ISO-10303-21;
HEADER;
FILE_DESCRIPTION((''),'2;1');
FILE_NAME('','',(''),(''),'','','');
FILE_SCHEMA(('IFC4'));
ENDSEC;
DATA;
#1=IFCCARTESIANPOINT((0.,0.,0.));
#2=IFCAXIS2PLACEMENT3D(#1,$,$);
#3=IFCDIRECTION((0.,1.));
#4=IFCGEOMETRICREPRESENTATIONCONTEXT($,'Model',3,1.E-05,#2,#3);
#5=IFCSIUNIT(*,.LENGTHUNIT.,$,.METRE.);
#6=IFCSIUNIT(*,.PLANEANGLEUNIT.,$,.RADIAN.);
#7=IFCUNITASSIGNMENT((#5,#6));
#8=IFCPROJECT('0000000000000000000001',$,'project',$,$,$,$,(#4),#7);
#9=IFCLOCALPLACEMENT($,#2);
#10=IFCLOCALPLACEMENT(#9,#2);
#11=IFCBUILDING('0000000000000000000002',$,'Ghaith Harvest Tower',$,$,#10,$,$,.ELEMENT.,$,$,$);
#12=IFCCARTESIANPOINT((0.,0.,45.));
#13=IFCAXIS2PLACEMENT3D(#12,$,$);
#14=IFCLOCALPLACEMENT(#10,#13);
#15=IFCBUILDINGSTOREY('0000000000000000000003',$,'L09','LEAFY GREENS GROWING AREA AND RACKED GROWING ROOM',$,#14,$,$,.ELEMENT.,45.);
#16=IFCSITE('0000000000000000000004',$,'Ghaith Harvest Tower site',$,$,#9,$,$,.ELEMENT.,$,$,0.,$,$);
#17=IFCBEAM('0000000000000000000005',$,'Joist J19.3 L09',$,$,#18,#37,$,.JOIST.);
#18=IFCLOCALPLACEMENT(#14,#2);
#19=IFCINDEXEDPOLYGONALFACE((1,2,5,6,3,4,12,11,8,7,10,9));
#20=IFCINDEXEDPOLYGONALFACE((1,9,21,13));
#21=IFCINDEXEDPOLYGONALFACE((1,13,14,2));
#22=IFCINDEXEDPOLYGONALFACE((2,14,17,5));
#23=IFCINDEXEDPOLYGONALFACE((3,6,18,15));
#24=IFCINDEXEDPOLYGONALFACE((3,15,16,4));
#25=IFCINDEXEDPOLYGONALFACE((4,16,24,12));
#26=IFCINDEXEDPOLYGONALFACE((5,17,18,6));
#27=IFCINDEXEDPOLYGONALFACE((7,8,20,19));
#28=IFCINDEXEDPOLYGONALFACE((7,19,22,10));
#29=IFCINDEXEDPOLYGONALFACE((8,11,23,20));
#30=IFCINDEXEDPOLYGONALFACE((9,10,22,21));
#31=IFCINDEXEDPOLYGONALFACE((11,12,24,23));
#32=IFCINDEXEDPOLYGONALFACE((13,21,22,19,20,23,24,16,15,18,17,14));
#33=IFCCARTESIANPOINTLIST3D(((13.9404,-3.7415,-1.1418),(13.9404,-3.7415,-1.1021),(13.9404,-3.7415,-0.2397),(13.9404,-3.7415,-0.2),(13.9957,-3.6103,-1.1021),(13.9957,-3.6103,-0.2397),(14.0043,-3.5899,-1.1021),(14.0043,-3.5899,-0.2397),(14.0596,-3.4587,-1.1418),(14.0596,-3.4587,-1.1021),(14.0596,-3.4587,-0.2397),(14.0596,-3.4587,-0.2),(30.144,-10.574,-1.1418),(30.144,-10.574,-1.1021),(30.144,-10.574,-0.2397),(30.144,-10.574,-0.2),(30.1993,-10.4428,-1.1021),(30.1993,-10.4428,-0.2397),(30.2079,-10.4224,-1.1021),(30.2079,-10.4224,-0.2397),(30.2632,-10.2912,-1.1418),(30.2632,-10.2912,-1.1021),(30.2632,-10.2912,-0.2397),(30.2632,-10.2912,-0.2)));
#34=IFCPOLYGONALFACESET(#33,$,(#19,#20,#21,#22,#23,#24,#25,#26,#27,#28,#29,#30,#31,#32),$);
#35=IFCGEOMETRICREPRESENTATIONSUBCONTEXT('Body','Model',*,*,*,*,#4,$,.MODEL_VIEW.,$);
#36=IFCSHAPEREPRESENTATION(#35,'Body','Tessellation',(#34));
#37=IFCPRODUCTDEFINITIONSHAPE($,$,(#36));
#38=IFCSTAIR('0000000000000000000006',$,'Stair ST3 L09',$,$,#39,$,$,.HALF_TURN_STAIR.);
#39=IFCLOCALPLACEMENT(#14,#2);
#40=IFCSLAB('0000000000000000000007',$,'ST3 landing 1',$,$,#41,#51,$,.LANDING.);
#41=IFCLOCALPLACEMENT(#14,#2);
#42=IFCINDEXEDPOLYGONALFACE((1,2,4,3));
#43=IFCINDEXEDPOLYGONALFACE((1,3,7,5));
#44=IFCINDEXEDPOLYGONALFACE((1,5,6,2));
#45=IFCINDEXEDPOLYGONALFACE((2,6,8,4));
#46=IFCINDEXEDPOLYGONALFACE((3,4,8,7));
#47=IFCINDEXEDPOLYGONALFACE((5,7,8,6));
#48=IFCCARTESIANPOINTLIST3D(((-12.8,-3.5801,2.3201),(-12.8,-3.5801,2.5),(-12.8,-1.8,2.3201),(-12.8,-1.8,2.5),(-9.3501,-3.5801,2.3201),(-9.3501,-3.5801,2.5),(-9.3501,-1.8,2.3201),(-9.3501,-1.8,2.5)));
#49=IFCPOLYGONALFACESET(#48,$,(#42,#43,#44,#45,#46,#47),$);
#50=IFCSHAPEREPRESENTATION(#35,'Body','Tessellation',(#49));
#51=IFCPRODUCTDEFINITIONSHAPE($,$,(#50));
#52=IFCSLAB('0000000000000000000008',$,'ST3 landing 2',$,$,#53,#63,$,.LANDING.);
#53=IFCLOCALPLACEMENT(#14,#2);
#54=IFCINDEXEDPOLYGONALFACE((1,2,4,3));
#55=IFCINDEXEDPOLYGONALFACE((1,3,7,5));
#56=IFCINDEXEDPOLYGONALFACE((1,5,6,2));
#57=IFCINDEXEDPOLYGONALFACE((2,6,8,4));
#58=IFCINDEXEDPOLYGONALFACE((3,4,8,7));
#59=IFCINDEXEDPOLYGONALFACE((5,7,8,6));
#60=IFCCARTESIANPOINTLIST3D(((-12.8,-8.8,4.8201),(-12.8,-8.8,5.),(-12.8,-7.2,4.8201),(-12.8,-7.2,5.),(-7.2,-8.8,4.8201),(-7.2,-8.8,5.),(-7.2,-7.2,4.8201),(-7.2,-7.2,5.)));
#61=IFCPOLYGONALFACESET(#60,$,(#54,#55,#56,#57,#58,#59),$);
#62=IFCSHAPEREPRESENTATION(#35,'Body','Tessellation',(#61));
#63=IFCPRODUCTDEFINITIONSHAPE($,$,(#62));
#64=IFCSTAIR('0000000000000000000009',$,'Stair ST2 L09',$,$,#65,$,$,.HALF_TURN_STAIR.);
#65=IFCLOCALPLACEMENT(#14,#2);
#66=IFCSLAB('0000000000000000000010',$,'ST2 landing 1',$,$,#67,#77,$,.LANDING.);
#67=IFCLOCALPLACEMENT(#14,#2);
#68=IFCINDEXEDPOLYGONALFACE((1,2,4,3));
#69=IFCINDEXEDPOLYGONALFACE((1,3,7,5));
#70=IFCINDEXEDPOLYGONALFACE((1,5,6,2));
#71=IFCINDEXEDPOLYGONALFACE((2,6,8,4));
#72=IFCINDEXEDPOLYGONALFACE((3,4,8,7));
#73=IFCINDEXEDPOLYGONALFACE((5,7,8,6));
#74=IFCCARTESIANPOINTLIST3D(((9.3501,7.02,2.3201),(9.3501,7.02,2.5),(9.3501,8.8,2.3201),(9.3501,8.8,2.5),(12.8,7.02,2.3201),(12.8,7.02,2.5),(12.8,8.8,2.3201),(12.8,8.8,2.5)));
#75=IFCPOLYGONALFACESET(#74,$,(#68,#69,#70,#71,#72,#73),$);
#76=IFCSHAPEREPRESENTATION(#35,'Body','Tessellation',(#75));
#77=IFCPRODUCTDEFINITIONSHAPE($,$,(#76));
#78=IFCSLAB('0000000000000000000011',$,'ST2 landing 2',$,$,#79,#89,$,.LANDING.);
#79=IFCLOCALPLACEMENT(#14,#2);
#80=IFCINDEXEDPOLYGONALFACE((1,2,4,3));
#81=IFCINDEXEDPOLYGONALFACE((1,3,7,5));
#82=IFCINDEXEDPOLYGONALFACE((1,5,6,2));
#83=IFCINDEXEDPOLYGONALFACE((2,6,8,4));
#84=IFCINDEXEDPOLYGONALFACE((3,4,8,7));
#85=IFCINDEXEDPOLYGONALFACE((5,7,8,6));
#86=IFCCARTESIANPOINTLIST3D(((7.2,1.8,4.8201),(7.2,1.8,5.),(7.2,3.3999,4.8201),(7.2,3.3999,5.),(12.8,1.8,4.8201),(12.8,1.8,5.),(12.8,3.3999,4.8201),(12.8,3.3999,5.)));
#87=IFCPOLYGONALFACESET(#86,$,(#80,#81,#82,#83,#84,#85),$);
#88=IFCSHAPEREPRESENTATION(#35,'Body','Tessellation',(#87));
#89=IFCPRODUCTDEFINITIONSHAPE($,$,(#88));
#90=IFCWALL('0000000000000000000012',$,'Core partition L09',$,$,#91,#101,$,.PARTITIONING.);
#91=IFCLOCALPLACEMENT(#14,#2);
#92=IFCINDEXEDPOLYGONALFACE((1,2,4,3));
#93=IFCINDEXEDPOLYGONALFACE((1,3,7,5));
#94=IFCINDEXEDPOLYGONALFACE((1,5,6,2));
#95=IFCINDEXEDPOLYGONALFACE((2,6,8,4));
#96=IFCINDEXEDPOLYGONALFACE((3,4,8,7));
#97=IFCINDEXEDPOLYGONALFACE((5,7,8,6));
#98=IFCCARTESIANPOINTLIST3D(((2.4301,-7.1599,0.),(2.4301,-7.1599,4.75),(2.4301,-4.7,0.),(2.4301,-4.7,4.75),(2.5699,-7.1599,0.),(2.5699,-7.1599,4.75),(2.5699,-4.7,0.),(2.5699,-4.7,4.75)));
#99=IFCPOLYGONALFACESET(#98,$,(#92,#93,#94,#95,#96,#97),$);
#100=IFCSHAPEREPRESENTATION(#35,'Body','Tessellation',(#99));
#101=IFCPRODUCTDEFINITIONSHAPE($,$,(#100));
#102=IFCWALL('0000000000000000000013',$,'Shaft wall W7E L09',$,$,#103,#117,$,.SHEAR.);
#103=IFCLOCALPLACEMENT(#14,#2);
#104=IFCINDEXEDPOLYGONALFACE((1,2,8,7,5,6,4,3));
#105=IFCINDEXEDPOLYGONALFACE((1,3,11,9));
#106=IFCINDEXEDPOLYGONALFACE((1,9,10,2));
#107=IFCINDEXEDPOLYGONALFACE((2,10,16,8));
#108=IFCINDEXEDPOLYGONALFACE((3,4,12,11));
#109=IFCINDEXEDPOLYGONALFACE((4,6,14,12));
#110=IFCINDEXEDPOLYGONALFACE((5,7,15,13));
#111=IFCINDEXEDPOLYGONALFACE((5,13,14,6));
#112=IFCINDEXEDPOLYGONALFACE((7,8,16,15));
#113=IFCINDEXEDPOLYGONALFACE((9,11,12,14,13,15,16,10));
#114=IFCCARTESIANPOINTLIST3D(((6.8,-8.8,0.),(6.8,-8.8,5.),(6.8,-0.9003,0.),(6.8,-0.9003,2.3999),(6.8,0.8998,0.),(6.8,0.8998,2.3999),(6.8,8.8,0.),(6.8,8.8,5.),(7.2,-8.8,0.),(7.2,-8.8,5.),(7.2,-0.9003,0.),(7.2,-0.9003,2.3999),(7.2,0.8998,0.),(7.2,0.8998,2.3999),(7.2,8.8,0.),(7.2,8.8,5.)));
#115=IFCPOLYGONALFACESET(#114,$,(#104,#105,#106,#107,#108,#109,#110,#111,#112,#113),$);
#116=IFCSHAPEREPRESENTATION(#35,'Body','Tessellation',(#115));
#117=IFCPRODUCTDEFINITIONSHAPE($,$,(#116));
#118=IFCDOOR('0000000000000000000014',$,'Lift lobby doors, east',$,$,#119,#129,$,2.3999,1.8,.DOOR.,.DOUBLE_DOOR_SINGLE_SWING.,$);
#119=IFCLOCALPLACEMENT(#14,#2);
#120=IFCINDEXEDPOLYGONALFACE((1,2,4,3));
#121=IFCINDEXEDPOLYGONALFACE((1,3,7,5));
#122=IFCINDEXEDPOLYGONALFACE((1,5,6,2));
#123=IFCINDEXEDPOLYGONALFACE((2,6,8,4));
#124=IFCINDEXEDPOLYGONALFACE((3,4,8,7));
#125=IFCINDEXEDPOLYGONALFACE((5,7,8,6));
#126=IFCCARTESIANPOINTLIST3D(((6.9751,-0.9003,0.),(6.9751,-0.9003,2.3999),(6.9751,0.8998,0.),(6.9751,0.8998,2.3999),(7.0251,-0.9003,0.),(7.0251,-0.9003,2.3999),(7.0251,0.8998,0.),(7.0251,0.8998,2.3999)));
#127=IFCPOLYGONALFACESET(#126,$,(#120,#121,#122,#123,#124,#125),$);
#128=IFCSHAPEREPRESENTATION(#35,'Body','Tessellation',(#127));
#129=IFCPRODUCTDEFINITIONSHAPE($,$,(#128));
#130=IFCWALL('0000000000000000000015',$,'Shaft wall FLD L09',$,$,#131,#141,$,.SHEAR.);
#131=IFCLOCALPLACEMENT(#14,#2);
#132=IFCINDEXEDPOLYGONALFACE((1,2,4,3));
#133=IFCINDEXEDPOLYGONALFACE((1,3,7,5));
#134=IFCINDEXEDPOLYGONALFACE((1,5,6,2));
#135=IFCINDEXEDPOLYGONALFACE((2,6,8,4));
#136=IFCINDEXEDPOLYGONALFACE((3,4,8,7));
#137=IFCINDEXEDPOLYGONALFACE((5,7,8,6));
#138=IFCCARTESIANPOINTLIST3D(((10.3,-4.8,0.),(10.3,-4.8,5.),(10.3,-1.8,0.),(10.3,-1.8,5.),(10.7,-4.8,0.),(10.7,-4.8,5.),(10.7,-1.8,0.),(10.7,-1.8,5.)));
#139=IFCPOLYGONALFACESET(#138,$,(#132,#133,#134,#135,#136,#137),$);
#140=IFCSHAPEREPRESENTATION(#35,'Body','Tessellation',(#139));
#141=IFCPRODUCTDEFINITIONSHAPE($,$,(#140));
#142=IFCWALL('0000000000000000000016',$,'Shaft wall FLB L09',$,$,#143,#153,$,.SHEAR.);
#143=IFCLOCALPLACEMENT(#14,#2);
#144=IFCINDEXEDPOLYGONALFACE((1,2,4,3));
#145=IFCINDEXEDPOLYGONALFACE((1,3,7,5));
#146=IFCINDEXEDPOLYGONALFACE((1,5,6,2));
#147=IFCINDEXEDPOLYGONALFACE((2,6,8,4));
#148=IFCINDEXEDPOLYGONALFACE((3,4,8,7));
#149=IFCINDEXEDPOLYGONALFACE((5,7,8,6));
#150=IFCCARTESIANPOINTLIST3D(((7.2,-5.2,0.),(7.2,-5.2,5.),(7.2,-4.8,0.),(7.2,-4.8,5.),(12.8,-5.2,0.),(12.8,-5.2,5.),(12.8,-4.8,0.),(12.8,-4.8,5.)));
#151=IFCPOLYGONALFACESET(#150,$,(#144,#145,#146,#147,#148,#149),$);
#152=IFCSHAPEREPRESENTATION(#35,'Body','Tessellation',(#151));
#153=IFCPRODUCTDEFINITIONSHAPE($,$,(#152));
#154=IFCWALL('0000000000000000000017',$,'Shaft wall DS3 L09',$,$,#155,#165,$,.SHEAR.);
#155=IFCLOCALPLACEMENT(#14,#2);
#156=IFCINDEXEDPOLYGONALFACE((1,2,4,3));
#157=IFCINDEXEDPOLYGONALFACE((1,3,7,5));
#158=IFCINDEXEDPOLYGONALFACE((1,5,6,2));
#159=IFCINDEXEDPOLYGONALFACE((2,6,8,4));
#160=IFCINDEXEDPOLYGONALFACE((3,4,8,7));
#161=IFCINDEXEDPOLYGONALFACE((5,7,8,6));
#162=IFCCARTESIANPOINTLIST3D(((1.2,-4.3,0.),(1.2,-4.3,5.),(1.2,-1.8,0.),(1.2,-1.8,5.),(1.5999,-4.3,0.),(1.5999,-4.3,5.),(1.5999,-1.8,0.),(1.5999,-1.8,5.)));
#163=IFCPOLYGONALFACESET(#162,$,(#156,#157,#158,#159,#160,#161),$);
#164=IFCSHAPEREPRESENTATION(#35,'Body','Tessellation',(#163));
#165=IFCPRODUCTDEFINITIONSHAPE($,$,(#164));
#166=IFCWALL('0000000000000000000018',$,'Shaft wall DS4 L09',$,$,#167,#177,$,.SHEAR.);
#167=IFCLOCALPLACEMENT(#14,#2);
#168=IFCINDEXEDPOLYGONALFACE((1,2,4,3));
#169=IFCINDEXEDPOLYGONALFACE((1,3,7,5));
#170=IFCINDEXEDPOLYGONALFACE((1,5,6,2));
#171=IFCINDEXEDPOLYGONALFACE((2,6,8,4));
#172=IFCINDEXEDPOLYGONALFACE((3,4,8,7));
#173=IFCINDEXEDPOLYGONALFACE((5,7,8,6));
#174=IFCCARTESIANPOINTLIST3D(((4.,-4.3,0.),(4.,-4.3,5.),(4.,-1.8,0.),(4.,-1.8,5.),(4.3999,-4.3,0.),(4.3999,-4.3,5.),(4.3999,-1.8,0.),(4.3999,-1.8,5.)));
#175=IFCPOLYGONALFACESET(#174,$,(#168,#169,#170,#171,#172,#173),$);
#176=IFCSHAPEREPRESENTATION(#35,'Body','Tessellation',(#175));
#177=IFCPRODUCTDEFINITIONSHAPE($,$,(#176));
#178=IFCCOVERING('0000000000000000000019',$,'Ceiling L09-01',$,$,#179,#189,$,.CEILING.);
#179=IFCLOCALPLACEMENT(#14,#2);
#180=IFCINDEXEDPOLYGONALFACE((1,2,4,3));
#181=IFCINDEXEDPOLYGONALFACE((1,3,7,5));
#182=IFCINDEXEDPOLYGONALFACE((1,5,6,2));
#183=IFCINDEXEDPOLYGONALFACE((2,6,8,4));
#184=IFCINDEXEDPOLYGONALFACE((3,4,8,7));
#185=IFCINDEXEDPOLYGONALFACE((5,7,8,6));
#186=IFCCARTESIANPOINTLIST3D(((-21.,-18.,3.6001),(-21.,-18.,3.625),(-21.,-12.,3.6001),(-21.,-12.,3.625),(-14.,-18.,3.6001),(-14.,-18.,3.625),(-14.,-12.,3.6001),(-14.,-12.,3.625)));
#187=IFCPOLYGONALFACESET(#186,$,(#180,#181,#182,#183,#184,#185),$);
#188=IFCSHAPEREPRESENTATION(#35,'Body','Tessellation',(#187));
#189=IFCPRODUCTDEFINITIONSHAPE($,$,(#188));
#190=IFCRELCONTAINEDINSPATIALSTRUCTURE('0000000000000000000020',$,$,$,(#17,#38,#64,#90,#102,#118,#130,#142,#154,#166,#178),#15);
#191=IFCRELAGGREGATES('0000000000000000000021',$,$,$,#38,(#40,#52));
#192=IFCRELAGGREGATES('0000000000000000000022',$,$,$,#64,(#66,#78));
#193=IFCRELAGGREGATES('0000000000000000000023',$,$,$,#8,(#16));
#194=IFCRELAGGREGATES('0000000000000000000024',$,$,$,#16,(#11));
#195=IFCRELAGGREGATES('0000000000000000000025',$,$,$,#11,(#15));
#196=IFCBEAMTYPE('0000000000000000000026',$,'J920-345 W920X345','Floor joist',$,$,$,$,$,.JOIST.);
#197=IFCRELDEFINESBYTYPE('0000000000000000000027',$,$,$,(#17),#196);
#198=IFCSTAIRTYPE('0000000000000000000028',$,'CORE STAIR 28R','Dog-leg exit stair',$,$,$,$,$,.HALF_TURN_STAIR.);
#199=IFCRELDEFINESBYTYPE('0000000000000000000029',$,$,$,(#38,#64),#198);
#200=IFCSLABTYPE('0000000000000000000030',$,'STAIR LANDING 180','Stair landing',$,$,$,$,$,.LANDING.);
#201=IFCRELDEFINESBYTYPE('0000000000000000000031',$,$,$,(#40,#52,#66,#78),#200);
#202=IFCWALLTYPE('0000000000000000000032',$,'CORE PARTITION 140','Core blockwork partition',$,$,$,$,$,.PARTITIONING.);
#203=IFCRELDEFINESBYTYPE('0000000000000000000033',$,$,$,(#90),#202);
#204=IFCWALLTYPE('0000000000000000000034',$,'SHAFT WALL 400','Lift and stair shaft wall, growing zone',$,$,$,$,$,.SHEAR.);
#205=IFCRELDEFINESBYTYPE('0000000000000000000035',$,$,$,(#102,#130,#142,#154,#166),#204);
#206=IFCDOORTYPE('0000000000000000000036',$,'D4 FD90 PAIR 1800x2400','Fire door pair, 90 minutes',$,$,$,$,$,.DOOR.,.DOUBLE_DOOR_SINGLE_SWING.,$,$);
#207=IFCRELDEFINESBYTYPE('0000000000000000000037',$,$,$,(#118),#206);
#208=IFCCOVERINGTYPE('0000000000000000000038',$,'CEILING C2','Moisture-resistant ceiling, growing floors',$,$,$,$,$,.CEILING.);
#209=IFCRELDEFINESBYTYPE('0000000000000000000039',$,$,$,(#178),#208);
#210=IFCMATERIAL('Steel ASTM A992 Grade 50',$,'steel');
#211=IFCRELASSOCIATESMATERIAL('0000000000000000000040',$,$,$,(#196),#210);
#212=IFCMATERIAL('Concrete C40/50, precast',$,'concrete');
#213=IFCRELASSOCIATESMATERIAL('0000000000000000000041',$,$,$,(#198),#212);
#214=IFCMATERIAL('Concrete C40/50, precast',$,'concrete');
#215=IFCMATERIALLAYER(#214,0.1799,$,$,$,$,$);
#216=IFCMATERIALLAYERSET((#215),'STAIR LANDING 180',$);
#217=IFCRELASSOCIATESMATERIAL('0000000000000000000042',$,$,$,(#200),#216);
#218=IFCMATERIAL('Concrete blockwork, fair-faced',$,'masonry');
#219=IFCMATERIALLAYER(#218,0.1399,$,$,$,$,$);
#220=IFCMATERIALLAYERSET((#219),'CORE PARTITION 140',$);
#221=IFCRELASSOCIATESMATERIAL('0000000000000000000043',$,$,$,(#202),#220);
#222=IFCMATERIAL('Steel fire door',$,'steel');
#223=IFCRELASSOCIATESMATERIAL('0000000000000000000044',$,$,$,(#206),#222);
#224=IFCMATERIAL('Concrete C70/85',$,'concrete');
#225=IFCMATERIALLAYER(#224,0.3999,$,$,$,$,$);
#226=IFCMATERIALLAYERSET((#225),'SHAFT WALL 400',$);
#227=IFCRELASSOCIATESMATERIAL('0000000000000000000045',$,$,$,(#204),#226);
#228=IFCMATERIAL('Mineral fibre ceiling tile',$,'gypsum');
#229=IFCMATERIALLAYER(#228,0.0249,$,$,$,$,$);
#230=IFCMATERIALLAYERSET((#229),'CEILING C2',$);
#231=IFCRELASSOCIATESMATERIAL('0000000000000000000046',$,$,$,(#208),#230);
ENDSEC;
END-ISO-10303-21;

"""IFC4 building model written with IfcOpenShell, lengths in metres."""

from ifc_helpers import new_model, si_unit, direction, frame, frame_2d, origin, origin_2d, place, context, subcontext, project, spatial, polyline, rectangle, i_section, outline, extrude, material, layer, layer_set, material_profile, profile_set, type_object, element, fill, aggregate, save


model = new_model("IFC4")

# Units and contexts
model_context = context("Model", 3, precision=1e-05, world=origin(), true_north=direction((0.0, 1.0)))
body_context = subcontext(model_context, "Body", "Model", "MODEL_VIEW")
ifc_project = project(units=[si_unit("LENGTHUNIT", "METRE"), si_unit("PLANEANGLEUNIT", "RADIAN")], contexts=[model_context])

# Site, building, storey
site_placement = place(None, origin())
site = spatial("IfcSite", under=ifc_project, at=site_placement, Name="Ghaith Harvest Tower site", CompositionType="ELEMENT", RefElevation=0.0)
building_placement = place(site_placement, origin())
building = spatial("IfcBuilding", under=site, at=building_placement, Name="Ghaith Harvest Tower", CompositionType="ELEMENT")
storey_placement = place(building_placement, frame((0.0, 0.0, 45.0)))
storey = spatial("IfcBuildingStorey", under=building, at=storey_placement, Name="L09", Description="LEAFY GREENS GROWING AREA AND RACKED GROWING ROOM", CompositionType="ELEMENT", Elevation=45.0)

# Beam
ifc_material_1 = material(Name="Steel ASTM A992 Grade 50", Category="steel")
ifc_material_profile_1 = material_profile(ifc_material_1, i_section(OverallWidth=0.3069, OverallDepth=0.9419, WebThickness=0.0222, FlangeThickness=0.0398, at=origin_2d()), Name="W920X345")
ifc_profile_set_1 = profile_set([ifc_material_profile_1], Name="Steel ASTM A992 Grade 50")
beam_type_1 = type_object("IfcBeamType", Name="J920-345 W920X345", Description="Floor joist", PredefinedType="JOIST", material=ifc_profile_set_1)
beam_1_placement = place(storey_placement, frame((14.0, -3.6001, -0.6709), z_axis=(0.921433, -0.388537, 0.0), x_axis=(0.388537, 0.921433, 0.0)))
element("IfcBeam", 1, at=beam_1_placement, inside=storey, type_object=beam_type_1, Name="Joist J19.3 L09", PredefinedType="JOIST", context=body_context, shape_type="SweptSolid", body=[
    extrude(i_section(OverallWidth=0.3069, OverallDepth=0.9419, WebThickness=0.0222, FlangeThickness=0.0398, at=origin_2d()), origin(), (0.0, 0.0, 1.0), 17.5852),
])

# Stairs, slabs
ifc_material_2 = material(Name="Concrete C40/50, precast", Category="concrete")
stair_type = type_object("IfcStairType", Name="CORE STAIR 28R", Description="Dog-leg exit stair", PredefinedType="HALF_TURN_STAIR", material=ifc_material_2)
stair_1_placement = place(storey_placement, origin())
stair_1 = element("IfcStair", 2, at=stair_1_placement, inside=storey, type_object=stair_type, Name="Stair ST3 L09", PredefinedType="HALF_TURN_STAIR")
ifc_material_3 = material(Name="Concrete C40/50, precast", Category="concrete")
ifc_layer_1 = layer(ifc_material_3, 0.1799)
ifc_layer_set_1 = layer_set([ifc_layer_1], Name="STAIR LANDING 180")
slab_type = type_object("IfcSlabType", Name="STAIR LANDING 180", Description="Stair landing", PredefinedType="LANDING", material=ifc_layer_set_1)
slab_1_placement = place(storey_placement, frame((0.0, 0.0, 2.3201)))
slab_1 = element("IfcSlab", 3, at=slab_1_placement, type_object=slab_type, Name="ST3 landing 1", PredefinedType="LANDING", context=body_context, shape_type="SweptSolid", body=[
    extrude(outline(polyline([(-12.8, -3.5801), (-12.8, -1.8), (-9.3501, -1.8), (-9.3501, -3.5801), (-12.8, -3.5801)])), origin(), (0.0, 0.0, 1.0), 0.1799),
])
slab_2_placement = place(storey_placement, frame((0.0, 0.0, 4.8201)))
slab_2 = element("IfcSlab", 4, at=slab_2_placement, type_object=slab_type, Name="ST3 landing 2", PredefinedType="LANDING", context=body_context, shape_type="SweptSolid", body=[
    extrude(outline(polyline([(-12.8, -8.8), (-12.8, -7.2), (-7.2, -7.2), (-7.2, -8.8), (-12.8, -8.8)])), origin(), (0.0, 0.0, 1.0), 0.1799),
])
aggregate(stair_1, [slab_1, slab_2])
stair_2_placement = place(storey_placement, origin())
stair_2 = element("IfcStair", 5, at=stair_2_placement, inside=storey, type_object=stair_type, Name="Stair ST2 L09", PredefinedType="HALF_TURN_STAIR")
slab_3_placement = place(storey_placement, frame((0.0, 0.0, 2.3201)))
slab_3 = element("IfcSlab", 6, at=slab_3_placement, type_object=slab_type, Name="ST2 landing 1", PredefinedType="LANDING", context=body_context, shape_type="SweptSolid", body=[
    extrude(outline(polyline([(12.8, 7.02), (12.8, 8.8), (9.3501, 8.8), (9.3501, 7.02), (12.8, 7.02)])), origin(), (0.0, 0.0, 1.0), 0.1799),
])
slab_4_placement = place(storey_placement, frame((0.0, 0.0, 4.8201)))
slab_4 = element("IfcSlab", 7, at=slab_4_placement, type_object=slab_type, Name="ST2 landing 2", PredefinedType="LANDING", context=body_context, shape_type="SweptSolid", body=[
    extrude(outline(polyline([(12.8, 1.8), (12.8, 3.3999), (7.2, 3.3999), (7.2, 1.8), (12.8, 1.8)])), origin(), (0.0, 0.0, 1.0), 0.1799),
])
aggregate(stair_2, [slab_3, slab_4])

# Wall
ifc_material_4 = material(Name="Concrete blockwork, fair-faced", Category="masonry")
ifc_layer_2 = layer(ifc_material_4, 0.1399)
ifc_layer_set_2 = layer_set([ifc_layer_2], Name="CORE PARTITION 140")
wall_type_1 = type_object("IfcWallType", Name="CORE PARTITION 140", Description="Core blockwork partition", PredefinedType="PARTITIONING", material=ifc_layer_set_2)
wall_1_placement = place(storey_placement, frame((2.5, -4.7, 0.0), z_axis=(0.0, 0.0, 1.0), x_axis=(0.0, -1.0, 0.0)))
element("IfcWall", 8, at=wall_1_placement, inside=storey, type_object=wall_type_1, Name="Core partition L09", PredefinedType="PARTITIONING", context=body_context, shape_type="SweptSolid", body=[
    extrude(rectangle(XDim=2.46, YDim=0.1399, at=frame_2d((1.23, 0.0))), origin(), (0.0, 0.0, 1.0), 4.75),
])

# Wall, opening, door
ifc_material_5 = material(Name="Steel fire door", Category="steel")
door_type_1 = type_object("IfcDoorType", Name="D4 FD90 PAIR 1800x2400", Description="Fire door pair, 90 minutes", OperationType="DOUBLE_DOOR_SINGLE_SWING", PredefinedType="DOOR", material=ifc_material_5)
ifc_material_6 = material(Name="Concrete C70/85", Category="concrete")
ifc_layer_3 = layer(ifc_material_6, 0.3999)
ifc_layer_set_3 = layer_set([ifc_layer_3], Name="SHAFT WALL 400")
wall_type_2 = type_object("IfcWallType", Name="SHAFT WALL 400", Description="Lift and stair shaft wall, growing zone", PredefinedType="SHEAR", material=ifc_layer_set_3)
wall_2_placement = place(storey_placement, frame((7.0, -8.8, 0.0), z_axis=(0.0, 0.0, 1.0), x_axis=(0.0, 1.0, 0.0)))
wall_2 = element("IfcWall", 9, at=wall_2_placement, inside=storey, type_object=wall_type_2, Name="Shaft wall W7E L09", PredefinedType="SHEAR", context=body_context, shape_type="SweptSolid", body=[
    extrude(rectangle(XDim=17.6001, YDim=0.3999, at=frame_2d((8.8, 0.0))), origin(), (0.0, 0.0, 1.0), 5.0),
])
opening_1_placement = place(wall_2_placement, frame((7.8999, 0.0, 0.0)))
opening_1 = element("IfcOpeningElement", 10, at=opening_1_placement, cuts=wall_2, PredefinedType="OPENING", context=body_context, shape_type="SweptSolid", body=[
    extrude(rectangle(XDim=1.8, YDim=2.3999, at=frame_2d((0.8999, 1.2))), frame((0.0, 0.21, 0.0), z_axis=(0.0, -1.0, 0.0), x_axis=(1.0, 0.0, 0.0)), (0.0, 0.0, 1.0), 0.4199),
])
door_1_placement = place(opening_1_placement, origin())
door_1 = element("IfcDoor", 11, at=door_1_placement, inside=storey, type_object=door_type_1, Name="Lift lobby doors, east", OperationType="DOUBLE_DOOR_SINGLE_SWING", OverallHeight=2.3999, OverallWidth=1.8, PredefinedType="DOOR", context=body_context, shape_type="SweptSolid", body=[
    extrude(rectangle(XDim=1.8, YDim=2.3999, at=frame_2d((0.8999, 1.2))), frame((0.0, 0.0249, 0.0), z_axis=(0.0, -1.0, 0.0), x_axis=(1.0, 0.0, 0.0)), (0.0, 0.0, 1.0), 0.05),
])
fill(opening_1, door_1)

# Walls
wall_3_placement = place(storey_placement, frame((10.5, -4.8, 0.0), z_axis=(0.0, 0.0, 1.0), x_axis=(0.0, 1.0, 0.0)))
element("IfcWall", 12, at=wall_3_placement, inside=storey, type_object=wall_type_2, Name="Shaft wall FLD L09", PredefinedType="SHEAR", context=body_context, shape_type="SweptSolid", body=[
    extrude(rectangle(XDim=3.0, YDim=0.3999, at=frame_2d((1.5, 0.0))), origin(), (0.0, 0.0, 1.0), 5.0),
])
wall_4_placement = place(storey_placement, frame((7.2, -5.0, 0.0), z_axis=(0.0, 0.0, 1.0), x_axis=(1.0, 0.0, 0.0)))
element("IfcWall", 13, at=wall_4_placement, inside=storey, type_object=wall_type_2, Name="Shaft wall FLB L09", PredefinedType="SHEAR", context=body_context, shape_type="SweptSolid", body=[
    extrude(rectangle(XDim=5.6001, YDim=0.3999, at=frame_2d((2.8, 0.0))), origin(), (0.0, 0.0, 1.0), 5.0),
])
for number, where, z_axis, x_axis, name in (
    (14, (1.3999, -4.3, 0.0), (0.0, 0.0, 1.0), (0.0, 1.0, 0.0), "Shaft wall DS3 L09"),
    (15, (4.2, -4.3, 0.0), (0.0, 0.0, 1.0), (0.0, 1.0, 0.0), "Shaft wall DS4 L09"),
):
    element("IfcWall", number, at=place(storey_placement, frame(where, z_axis=z_axis, x_axis=x_axis)), inside=storey, type_object=wall_type_2, Name=name, PredefinedType="SHEAR", context=body_context, shape_type="SweptSolid", body=[
        extrude(rectangle(XDim=2.5, YDim=0.3999, at=frame_2d((1.25, 0.0))), origin(), (0.0, 0.0, 1.0), 5.0),
    ])

# Covering
ifc_material_7 = material(Name="Mineral fibre ceiling tile", Category="gypsum")
ifc_layer_4 = layer(ifc_material_7, 0.0249)
ifc_layer_set_4 = layer_set([ifc_layer_4], Name="CEILING C2")
covering_type = type_object("IfcCoveringType", Name="CEILING C2", Description="Moisture-resistant ceiling, growing floors", PredefinedType="CEILING", material=ifc_layer_set_4)
covering_1_placement = place(storey_placement, frame((0.0, 0.0, 3.6001)))
element("IfcCovering", 16, at=covering_1_placement, inside=storey, type_object=covering_type, Name="Ceiling L09-01", PredefinedType="CEILING", context=body_context, shape_type="SweptSolid", body=[
    extrude(outline(polyline([(-21.0, -18.0), (-14.0, -18.0), (-14.0, -12.0), (-21.0, -12.0), (-21.0, -18.0)])), origin(), (0.0, 0.0, 1.0), 0.0249),
])

save(model, "model.ifc")
